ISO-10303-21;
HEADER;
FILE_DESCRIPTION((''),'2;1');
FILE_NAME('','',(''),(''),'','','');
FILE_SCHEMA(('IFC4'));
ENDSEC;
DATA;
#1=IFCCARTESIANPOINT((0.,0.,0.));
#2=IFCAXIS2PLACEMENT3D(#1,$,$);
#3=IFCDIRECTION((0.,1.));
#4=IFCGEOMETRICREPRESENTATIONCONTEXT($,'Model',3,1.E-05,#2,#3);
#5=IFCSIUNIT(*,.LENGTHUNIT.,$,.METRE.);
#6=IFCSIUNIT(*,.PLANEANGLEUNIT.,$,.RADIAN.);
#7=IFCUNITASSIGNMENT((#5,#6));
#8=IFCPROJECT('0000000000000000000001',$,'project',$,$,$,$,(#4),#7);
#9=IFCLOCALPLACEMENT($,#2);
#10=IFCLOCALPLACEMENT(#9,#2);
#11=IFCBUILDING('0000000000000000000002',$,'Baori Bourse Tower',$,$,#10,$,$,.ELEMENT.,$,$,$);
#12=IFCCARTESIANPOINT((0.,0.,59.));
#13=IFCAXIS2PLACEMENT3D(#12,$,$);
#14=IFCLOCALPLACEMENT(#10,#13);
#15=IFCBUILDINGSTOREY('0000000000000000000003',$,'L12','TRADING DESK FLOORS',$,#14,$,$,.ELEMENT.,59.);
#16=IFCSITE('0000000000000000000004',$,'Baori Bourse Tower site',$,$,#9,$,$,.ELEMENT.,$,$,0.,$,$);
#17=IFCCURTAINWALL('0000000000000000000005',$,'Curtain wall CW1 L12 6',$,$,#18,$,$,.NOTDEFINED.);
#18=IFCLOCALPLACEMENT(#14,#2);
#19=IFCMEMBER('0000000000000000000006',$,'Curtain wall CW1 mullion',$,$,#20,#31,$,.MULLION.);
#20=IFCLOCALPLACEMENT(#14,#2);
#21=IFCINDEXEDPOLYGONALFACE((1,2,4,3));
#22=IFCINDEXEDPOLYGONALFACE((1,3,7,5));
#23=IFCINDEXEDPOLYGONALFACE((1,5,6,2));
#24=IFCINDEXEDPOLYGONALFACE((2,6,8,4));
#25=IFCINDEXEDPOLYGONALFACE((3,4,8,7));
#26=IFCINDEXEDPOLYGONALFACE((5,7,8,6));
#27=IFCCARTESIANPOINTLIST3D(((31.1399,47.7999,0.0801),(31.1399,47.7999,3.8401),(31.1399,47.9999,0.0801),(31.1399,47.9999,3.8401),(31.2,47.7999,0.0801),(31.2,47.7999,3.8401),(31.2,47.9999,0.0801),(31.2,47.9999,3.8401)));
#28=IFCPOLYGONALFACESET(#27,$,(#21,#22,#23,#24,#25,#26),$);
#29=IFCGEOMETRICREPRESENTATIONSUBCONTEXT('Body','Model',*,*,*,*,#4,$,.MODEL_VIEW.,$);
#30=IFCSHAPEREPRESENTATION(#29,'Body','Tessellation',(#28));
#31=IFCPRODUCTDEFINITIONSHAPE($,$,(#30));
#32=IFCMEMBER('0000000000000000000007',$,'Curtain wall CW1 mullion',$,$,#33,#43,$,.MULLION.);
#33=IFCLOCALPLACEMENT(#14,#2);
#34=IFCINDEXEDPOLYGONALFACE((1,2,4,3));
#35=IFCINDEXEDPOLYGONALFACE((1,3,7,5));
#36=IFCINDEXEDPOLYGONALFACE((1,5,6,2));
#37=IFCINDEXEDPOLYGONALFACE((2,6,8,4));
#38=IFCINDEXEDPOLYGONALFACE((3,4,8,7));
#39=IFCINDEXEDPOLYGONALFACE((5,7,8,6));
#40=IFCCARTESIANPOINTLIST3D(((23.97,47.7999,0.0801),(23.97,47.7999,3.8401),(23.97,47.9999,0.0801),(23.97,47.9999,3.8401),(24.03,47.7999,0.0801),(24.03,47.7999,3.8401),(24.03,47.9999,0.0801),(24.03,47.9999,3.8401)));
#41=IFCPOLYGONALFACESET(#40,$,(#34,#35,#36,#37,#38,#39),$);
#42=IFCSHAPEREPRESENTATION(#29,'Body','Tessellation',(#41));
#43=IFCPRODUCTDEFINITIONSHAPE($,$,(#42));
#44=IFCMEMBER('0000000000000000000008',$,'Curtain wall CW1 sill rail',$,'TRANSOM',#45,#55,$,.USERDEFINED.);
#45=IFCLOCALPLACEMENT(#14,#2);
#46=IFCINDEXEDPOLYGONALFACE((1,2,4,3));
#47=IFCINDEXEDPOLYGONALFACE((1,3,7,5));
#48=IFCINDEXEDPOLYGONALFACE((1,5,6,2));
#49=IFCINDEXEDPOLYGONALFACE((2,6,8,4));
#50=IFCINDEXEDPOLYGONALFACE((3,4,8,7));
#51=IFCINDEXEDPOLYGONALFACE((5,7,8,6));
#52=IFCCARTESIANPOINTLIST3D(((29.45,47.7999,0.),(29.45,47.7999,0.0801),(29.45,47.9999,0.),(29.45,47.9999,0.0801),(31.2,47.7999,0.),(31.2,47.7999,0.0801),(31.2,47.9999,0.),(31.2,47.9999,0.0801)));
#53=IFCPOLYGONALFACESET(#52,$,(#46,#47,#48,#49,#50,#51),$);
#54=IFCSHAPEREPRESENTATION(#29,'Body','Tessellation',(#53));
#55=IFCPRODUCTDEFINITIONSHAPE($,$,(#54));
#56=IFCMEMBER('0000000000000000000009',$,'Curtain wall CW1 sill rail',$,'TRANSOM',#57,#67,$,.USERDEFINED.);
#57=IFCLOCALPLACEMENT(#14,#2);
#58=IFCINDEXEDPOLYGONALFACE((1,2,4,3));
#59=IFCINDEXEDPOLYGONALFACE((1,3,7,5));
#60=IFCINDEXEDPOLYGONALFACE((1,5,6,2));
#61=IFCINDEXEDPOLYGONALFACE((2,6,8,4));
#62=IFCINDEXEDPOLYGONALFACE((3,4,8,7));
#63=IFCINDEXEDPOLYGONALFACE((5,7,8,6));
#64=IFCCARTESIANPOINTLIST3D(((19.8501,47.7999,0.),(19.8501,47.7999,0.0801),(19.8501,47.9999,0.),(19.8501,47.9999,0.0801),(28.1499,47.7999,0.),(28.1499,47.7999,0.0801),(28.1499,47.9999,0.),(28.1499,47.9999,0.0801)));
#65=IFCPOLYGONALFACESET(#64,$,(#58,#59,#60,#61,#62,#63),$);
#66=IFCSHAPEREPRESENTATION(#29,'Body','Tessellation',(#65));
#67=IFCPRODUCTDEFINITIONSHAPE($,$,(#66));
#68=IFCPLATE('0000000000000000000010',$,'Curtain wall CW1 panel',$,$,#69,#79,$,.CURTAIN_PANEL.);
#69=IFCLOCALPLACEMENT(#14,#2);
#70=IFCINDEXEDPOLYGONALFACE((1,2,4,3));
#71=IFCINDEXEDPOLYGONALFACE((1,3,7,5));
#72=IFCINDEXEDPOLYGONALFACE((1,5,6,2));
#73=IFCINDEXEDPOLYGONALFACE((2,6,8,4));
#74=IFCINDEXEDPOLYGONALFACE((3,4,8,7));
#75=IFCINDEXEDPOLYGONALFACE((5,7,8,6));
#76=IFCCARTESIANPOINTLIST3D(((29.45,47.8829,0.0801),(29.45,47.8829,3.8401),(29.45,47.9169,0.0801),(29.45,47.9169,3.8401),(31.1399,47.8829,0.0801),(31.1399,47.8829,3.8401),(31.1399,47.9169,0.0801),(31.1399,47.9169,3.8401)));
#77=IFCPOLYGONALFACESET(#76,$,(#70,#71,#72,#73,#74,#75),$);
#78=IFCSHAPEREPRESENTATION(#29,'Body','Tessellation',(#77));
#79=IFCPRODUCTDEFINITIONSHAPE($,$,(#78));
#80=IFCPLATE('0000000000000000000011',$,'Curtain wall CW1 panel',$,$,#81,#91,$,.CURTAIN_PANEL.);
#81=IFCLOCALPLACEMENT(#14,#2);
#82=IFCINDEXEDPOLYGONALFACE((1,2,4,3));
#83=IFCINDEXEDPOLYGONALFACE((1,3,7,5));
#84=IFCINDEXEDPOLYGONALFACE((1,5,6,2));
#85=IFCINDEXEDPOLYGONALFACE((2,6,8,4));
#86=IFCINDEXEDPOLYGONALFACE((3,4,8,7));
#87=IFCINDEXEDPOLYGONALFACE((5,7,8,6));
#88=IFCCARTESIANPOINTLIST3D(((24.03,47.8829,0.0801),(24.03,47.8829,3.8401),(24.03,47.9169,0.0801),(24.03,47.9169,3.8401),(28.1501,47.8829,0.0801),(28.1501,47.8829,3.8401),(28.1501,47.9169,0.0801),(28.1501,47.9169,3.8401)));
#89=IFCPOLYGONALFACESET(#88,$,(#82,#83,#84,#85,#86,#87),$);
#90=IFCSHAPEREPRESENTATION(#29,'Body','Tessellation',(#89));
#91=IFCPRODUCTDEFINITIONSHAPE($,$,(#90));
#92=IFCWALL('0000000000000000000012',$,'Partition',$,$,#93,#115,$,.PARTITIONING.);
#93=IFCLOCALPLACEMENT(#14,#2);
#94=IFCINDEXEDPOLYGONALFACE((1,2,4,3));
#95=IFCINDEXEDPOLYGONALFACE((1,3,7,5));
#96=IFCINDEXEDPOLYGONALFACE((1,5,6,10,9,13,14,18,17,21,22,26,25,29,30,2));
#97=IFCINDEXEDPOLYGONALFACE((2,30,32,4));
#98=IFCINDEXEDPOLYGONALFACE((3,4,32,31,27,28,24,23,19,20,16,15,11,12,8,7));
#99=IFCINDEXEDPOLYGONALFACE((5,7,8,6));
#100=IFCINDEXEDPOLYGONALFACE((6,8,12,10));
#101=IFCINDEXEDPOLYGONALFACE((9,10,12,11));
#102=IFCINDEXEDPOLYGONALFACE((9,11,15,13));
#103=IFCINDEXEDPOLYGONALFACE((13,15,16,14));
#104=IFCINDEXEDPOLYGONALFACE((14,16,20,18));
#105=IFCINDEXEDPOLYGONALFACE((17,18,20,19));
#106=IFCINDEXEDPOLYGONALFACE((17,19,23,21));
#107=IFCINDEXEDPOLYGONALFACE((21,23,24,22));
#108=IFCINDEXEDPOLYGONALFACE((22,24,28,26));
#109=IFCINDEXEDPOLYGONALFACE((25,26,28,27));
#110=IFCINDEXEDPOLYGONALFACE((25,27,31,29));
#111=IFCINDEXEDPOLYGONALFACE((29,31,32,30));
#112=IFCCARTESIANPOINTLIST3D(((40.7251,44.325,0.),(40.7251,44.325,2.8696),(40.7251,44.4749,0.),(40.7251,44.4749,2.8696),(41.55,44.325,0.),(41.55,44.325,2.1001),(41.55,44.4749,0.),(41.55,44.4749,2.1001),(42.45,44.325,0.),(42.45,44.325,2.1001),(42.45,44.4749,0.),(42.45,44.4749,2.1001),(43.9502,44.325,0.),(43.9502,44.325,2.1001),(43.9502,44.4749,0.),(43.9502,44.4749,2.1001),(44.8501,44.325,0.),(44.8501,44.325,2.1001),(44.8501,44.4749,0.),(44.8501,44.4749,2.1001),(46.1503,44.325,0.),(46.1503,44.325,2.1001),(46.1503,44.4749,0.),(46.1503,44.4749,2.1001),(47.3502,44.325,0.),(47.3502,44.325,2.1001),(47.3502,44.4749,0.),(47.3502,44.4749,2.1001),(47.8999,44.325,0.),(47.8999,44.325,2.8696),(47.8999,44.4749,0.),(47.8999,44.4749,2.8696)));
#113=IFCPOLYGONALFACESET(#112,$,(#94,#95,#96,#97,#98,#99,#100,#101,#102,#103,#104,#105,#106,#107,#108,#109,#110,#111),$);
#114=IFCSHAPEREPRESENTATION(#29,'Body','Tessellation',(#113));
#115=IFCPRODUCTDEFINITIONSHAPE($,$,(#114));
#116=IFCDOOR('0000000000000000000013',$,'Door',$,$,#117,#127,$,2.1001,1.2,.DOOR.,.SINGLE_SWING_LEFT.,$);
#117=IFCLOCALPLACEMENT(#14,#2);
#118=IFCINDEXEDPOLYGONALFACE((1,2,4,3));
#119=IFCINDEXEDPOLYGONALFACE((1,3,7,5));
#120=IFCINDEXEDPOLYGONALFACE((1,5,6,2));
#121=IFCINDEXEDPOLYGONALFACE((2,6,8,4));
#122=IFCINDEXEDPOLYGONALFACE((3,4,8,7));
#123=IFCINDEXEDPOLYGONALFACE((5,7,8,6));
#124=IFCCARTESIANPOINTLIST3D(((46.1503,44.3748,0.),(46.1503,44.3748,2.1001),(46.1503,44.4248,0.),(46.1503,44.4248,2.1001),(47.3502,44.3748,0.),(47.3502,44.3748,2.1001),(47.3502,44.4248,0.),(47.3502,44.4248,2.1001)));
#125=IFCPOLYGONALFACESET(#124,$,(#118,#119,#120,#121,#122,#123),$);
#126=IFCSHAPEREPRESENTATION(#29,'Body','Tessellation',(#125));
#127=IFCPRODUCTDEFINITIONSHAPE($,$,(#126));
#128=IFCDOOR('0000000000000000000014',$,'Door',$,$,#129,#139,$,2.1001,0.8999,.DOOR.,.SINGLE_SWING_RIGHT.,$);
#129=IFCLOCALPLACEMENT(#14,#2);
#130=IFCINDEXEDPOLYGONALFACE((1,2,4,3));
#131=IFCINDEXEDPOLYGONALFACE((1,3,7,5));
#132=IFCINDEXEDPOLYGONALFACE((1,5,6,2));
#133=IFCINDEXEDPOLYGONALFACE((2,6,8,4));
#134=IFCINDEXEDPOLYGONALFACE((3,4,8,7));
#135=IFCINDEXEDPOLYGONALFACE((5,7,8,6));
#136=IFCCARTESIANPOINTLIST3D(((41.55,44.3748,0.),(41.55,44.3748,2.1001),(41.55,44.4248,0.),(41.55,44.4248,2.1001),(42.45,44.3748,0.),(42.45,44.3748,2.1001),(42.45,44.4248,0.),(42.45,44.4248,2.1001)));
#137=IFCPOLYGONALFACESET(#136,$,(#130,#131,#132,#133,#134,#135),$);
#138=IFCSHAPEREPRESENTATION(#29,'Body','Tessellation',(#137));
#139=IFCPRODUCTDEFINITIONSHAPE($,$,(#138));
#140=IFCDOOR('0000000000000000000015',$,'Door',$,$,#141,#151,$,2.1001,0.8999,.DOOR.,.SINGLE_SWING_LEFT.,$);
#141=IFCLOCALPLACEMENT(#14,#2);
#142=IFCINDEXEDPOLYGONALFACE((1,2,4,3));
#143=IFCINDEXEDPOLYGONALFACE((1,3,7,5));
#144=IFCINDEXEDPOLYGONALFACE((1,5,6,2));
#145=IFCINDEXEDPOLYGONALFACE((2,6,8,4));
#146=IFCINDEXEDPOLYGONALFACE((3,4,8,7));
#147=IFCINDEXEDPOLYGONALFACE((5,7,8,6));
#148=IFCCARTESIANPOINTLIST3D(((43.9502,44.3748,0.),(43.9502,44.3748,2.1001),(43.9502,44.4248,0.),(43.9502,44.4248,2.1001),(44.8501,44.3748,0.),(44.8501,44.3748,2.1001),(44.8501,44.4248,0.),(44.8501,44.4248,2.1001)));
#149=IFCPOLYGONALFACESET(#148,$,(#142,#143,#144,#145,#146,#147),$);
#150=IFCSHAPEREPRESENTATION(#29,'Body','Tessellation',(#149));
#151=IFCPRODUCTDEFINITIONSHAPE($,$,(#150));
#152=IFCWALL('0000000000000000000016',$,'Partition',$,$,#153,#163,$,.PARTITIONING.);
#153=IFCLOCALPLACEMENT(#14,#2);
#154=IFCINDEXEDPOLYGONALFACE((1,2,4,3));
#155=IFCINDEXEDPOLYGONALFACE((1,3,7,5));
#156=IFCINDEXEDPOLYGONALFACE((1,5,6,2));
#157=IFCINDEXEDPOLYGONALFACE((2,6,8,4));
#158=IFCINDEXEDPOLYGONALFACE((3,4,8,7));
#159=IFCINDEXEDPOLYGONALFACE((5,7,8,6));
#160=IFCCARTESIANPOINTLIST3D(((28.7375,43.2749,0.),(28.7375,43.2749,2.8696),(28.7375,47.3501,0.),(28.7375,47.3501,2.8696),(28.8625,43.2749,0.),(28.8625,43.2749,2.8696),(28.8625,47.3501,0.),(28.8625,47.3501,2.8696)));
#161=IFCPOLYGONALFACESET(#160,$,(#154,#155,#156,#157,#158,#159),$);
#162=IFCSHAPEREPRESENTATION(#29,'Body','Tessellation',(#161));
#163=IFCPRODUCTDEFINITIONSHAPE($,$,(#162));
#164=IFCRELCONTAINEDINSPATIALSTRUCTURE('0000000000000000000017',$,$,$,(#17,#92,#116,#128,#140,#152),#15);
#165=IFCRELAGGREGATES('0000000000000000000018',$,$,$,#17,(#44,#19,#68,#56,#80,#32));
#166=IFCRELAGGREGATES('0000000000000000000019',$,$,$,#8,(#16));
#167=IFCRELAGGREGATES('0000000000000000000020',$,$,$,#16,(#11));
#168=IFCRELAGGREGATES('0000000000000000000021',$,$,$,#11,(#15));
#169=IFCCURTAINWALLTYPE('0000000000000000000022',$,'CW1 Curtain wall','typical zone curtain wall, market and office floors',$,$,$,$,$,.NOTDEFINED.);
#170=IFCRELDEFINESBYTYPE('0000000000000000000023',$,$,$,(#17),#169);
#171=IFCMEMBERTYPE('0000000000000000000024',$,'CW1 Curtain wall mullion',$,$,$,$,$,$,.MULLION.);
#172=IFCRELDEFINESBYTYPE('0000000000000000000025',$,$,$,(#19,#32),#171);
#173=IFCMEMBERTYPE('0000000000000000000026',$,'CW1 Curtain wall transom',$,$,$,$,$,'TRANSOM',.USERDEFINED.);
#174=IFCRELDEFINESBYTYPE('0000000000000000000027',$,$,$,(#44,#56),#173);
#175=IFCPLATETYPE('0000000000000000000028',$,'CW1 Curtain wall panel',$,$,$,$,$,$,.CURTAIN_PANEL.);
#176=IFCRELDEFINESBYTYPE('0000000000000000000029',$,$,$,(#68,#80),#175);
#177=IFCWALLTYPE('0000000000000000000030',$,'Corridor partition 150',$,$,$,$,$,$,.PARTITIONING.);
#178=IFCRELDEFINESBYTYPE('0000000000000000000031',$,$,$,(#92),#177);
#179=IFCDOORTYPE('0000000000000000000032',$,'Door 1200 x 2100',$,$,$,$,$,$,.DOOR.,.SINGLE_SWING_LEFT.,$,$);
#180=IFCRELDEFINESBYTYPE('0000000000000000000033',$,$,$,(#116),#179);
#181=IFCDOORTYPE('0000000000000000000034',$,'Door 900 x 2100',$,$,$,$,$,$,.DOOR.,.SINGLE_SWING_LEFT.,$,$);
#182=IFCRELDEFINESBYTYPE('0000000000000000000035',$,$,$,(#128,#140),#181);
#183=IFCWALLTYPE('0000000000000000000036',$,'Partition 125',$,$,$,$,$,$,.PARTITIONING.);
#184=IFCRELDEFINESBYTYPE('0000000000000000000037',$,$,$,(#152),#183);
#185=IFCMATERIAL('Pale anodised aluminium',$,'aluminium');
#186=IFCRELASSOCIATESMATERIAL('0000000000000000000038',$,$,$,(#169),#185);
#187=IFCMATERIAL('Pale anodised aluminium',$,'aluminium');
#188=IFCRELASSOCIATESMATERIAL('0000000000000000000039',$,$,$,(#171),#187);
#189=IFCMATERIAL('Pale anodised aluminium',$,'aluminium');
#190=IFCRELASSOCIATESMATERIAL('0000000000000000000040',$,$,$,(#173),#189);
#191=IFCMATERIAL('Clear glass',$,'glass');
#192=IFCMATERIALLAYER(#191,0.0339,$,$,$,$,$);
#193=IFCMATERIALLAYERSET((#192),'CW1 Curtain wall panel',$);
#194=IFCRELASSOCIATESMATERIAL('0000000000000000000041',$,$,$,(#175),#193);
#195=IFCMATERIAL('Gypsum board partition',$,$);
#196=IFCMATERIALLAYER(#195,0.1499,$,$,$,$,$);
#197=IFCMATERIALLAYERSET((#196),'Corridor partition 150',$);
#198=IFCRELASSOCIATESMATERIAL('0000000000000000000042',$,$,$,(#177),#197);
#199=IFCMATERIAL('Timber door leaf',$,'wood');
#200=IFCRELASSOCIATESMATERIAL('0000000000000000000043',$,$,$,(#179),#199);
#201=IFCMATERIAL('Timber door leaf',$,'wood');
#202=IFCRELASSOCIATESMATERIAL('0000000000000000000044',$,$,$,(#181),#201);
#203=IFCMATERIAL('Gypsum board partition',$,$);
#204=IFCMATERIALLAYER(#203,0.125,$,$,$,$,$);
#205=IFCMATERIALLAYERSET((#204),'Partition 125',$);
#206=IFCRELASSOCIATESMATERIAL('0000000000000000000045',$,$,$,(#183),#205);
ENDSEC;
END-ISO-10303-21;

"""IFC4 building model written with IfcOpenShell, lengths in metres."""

from ifc_helpers import new_model, si_unit, direction, frame, frame_2d, origin, origin_2d, place, context, subcontext, project, spatial, rectangle, extrude, material, layer, layer_set, material_profile, profile_set, type_object, element, fill, aggregate, save


model = new_model("IFC4")

# Units and contexts
model_context = context("Model", 3, precision=1e-05, world=origin(), true_north=direction((0.0, 1.0)))
body_context = subcontext(model_context, "Body", "Model", "MODEL_VIEW")
ifc_project = project(units=[si_unit("LENGTHUNIT", "METRE"), si_unit("PLANEANGLEUNIT", "RADIAN")], contexts=[model_context])

# Site, building, storey
site_placement = place(None, origin())
site = spatial("IfcSite", under=ifc_project, at=site_placement, Name="Baori Bourse Tower site", CompositionType="ELEMENT", RefElevation=0.0)
building_placement = place(site_placement, origin())
building = spatial("IfcBuilding", under=site, at=building_placement, Name="Baori Bourse Tower", CompositionType="ELEMENT")
storey_placement = place(building_placement, frame((0.0, 0.0, 59.0)))
storey = spatial("IfcBuildingStorey", under=building, at=storey_placement, Name="L12", Description="TRADING DESK FLOORS", CompositionType="ELEMENT", Elevation=59.0)

# Curtain wall, members, plates
ifc_material_1 = material(Name="Pale anodised aluminium", Category="aluminium")
curtain_wall_type = type_object("IfcCurtainWallType", Name="CW1 Curtain wall", Description="typical zone curtain wall, market and office floors", PredefinedType="NOTDEFINED", material=ifc_material_1)
curtain_wall_placement = place(storey_placement, origin())
curtain_wall = element("IfcCurtainWall", 1, at=curtain_wall_placement, inside=storey, type_object=curtain_wall_type, Name="Curtain wall CW1 L12 6", PredefinedType="NOTDEFINED")
ifc_material_2 = material(Name="Pale anodised aluminium", Category="aluminium")
ifc_material_profile_1 = material_profile(ifc_material_2, rectangle(XDim=0.2, YDim=0.0601, at=origin_2d()), Name="Mullion 60x200")
ifc_profile_set_1 = profile_set([ifc_material_profile_1], Name="Pale anodised aluminium")
member_type_1 = type_object("IfcMemberType", Name="CW1 Curtain wall mullion", PredefinedType="MULLION", material=ifc_profile_set_1)
member_1_placement = place(storey_placement, frame((31.1699, 47.8999, 0.0801), z_axis=(0.0, 0.0, 1.0), x_axis=(0.0, -1.0, 0.0)))
member_1 = element("IfcMember", 2, at=member_1_placement, type_object=member_type_1, Name="Curtain wall CW1 mullion", PredefinedType="MULLION", context=body_context, shape_type="SweptSolid", body=[
    extrude(rectangle(XDim=0.2, YDim=0.0601, at=origin_2d()), origin(), (0.0, 0.0, 1.0), 3.76),
])
member_2_placement = place(storey_placement, frame((24.0, 47.8999, 0.0801), z_axis=(0.0, 0.0, 1.0), x_axis=(0.0, -1.0, 0.0)))
member_2 = element("IfcMember", 3, at=member_2_placement, type_object=member_type_1, Name="Curtain wall CW1 mullion", PredefinedType="MULLION", context=body_context, shape_type="SweptSolid", body=[
    extrude(rectangle(XDim=0.2, YDim=0.0601, at=origin_2d()), origin(), (0.0, 0.0, 1.0), 3.76),
])
ifc_material_3 = material(Name="Pale anodised aluminium", Category="aluminium")
ifc_material_profile_2 = material_profile(ifc_material_3, rectangle(XDim=0.2, YDim=0.0801, at=origin_2d()), Name="Transom 80x200")
ifc_profile_set_2 = profile_set([ifc_material_profile_2], Name="Pale anodised aluminium")
member_type_2 = type_object("IfcMemberType", Name="CW1 Curtain wall transom", ElementType="TRANSOM", PredefinedType="USERDEFINED", material=ifc_profile_set_2)
member_3_placement = place(storey_placement, frame((31.2, 47.8999, 0.04), z_axis=(-1.0, 0.0, 0.0), x_axis=(0.0, -1.0, 0.0)))
member_3 = element("IfcMember", 4, at=member_3_placement, type_object=member_type_2, Name="Curtain wall CW1 sill rail", ObjectType="TRANSOM", PredefinedType="USERDEFINED", context=body_context, shape_type="SweptSolid", body=[
    extrude(rectangle(XDim=0.2, YDim=0.0801, at=origin_2d()), origin(), (0.0, 0.0, 1.0), 1.75),
])
member_4_placement = place(storey_placement, frame((28.1499, 47.8999, 0.04), z_axis=(-1.0, 0.0, 0.0), x_axis=(0.0, -1.0, 0.0)))
member_4 = element("IfcMember", 5, at=member_4_placement, type_object=member_type_2, Name="Curtain wall CW1 sill rail", ObjectType="TRANSOM", PredefinedType="USERDEFINED", context=body_context, shape_type="SweptSolid", body=[
    extrude(rectangle(XDim=0.2, YDim=0.0801, at=origin_2d()), origin(), (0.0, 0.0, 1.0), 8.2998),
])
ifc_material_4 = material(Name="Clear glass", Category="glass")
ifc_layer_1 = layer(ifc_material_4, 0.0339)
ifc_layer_set_1 = layer_set([ifc_layer_1], Name="CW1 Curtain wall panel")
plate_type = type_object("IfcPlateType", Name="CW1 Curtain wall panel", PredefinedType="CURTAIN_PANEL", material=ifc_layer_set_1)
plate_1_placement = place(storey_placement, frame((30.2949, 47.8999, 0.0801), z_axis=(0.0, 0.0, 1.0), x_axis=(-1.0, 0.0, 0.0)))
plate_1 = element("IfcPlate", 6, at=plate_1_placement, type_object=plate_type, Name="Curtain wall CW1 panel", PredefinedType="CURTAIN_PANEL", context=body_context, shape_type="SweptSolid", body=[
    extrude(rectangle(XDim=1.6899, YDim=0.0339, at=origin_2d()), origin(), (0.0, 0.0, 1.0), 3.76),
])
plate_2_placement = place(storey_placement, frame((26.0901, 47.8999, 0.0801), z_axis=(0.0, 0.0, 1.0), x_axis=(-1.0, 0.0, 0.0)))
plate_2 = element("IfcPlate", 7, at=plate_2_placement, type_object=plate_type, Name="Curtain wall CW1 panel", PredefinedType="CURTAIN_PANEL", context=body_context, shape_type="SweptSolid", body=[
    extrude(rectangle(XDim=4.1201, YDim=0.0339, at=origin_2d()), origin(), (0.0, 0.0, 1.0), 3.76),
])
aggregate(curtain_wall, [member_3, member_1, plate_1, member_4, plate_2, member_2])

# Wall, openings, doors
ifc_material_5 = material(Name="Gypsum board partition")
ifc_layer_2 = layer(ifc_material_5, 0.1499)
ifc_layer_set_2 = layer_set([ifc_layer_2], Name="Corridor partition 150")
wall_type_1 = type_object("IfcWallType", Name="Corridor partition 150", PredefinedType="PARTITIONING", material=ifc_layer_set_2)
wall_1_placement = place(storey_placement, frame((40.7251, 44.3999, 0.0), z_axis=(0.0, 0.0, 1.0), x_axis=(1.0, 0.0, 0.0)))
wall_1 = element("IfcWall", 8, at=wall_1_placement, inside=storey, type_object=wall_type_1, Name="Partition", PredefinedType="PARTITIONING", context=body_context, shape_type="SweptSolid", body=[
    extrude(rectangle(XDim=7.1748, YDim=0.1499, at=frame_2d((3.5874, 0.0))), origin(), (0.0, 0.0, 1.0), 2.8696),
])
opening_1_placement = place(wall_1_placement, frame((0.825, 0.0, 0.0)))
opening_1 = element("IfcOpeningElement", 9, at=opening_1_placement, cuts=wall_1, PredefinedType="OPENING", context=body_context, shape_type="SweptSolid", body=[
    extrude(rectangle(XDim=0.8999, YDim=2.1001, at=frame_2d((0.45, 1.05))), frame((0.0, 0.085, 0.0), z_axis=(0.0, -1.0, 0.0), x_axis=(1.0, 0.0, 0.0)), (0.0, 0.0, 1.0), 0.1699),
])
opening_2_placement = place(wall_1_placement, frame((3.2251, 0.0, 0.0)))
opening_2 = element("IfcOpeningElement", 10, at=opening_2_placement, cuts=wall_1, PredefinedType="OPENING", context=body_context, shape_type="SweptSolid", body=[
    extrude(rectangle(XDim=0.8999, YDim=2.1001, at=frame_2d((0.45, 1.05))), frame((0.0, 0.085, 0.0), z_axis=(0.0, -1.0, 0.0), x_axis=(1.0, 0.0, 0.0)), (0.0, 0.0, 1.0), 0.1699),
])
opening_3_placement = place(wall_1_placement, frame((5.425, 0.0, 0.0)))
opening_3 = element("IfcOpeningElement", 11, at=opening_3_placement, cuts=wall_1, PredefinedType="OPENING", context=body_context, shape_type="SweptSolid", body=[
    extrude(rectangle(XDim=1.2, YDim=2.1001, at=frame_2d((0.6001, 1.05))), frame((0.0, 0.085, 0.0), z_axis=(0.0, -1.0, 0.0), x_axis=(1.0, 0.0, 0.0)), (0.0, 0.0, 1.0), 0.1699),
])
ifc_material_6 = material(Name="Timber door leaf", Category="wood")
door_type_1 = type_object("IfcDoorType", Name="Door 1200 x 2100", OperationType="SINGLE_SWING_LEFT", PredefinedType="DOOR", material=ifc_material_6)
door_1_placement = place(opening_3_placement, origin())
door_1 = element("IfcDoor", 12, at=door_1_placement, inside=storey, type_object=door_type_1, Name="Door", OperationType="SINGLE_SWING_LEFT", OverallHeight=2.1001, OverallWidth=1.2, PredefinedType="DOOR", context=body_context, shape_type="SweptSolid", body=[
    extrude(rectangle(XDim=1.2, YDim=2.1001, at=frame_2d((0.6001, 1.05))), frame((0.0, 0.0249, 0.0), z_axis=(0.0, -1.0, 0.0), x_axis=(1.0, 0.0, 0.0)), (0.0, 0.0, 1.0), 0.05),
])
fill(opening_3, door_1)
ifc_material_7 = material(Name="Timber door leaf", Category="wood")
door_type_2 = type_object("IfcDoorType", Name="Door 900 x 2100", OperationType="SINGLE_SWING_LEFT", PredefinedType="DOOR", material=ifc_material_7)
door_2_placement = place(opening_1_placement, origin())
door_2 = element("IfcDoor", 13, at=door_2_placement, inside=storey, type_object=door_type_2, Name="Door", OperationType="SINGLE_SWING_RIGHT", OverallHeight=2.1001, OverallWidth=0.8999, PredefinedType="DOOR", context=body_context, shape_type="SweptSolid", body=[
    extrude(rectangle(XDim=0.8999, YDim=2.1001, at=frame_2d((0.45, 1.05))), frame((0.0, 0.0249, 0.0), z_axis=(0.0, -1.0, 0.0), x_axis=(1.0, 0.0, 0.0)), (0.0, 0.0, 1.0), 0.05),
])
fill(opening_1, door_2)
door_3_placement = place(opening_2_placement, origin())
door_3 = element("IfcDoor", 14, at=door_3_placement, inside=storey, type_object=door_type_2, Name="Door", OperationType="SINGLE_SWING_LEFT", OverallHeight=2.1001, OverallWidth=0.8999, PredefinedType="DOOR", context=body_context, shape_type="SweptSolid", body=[
    extrude(rectangle(XDim=0.8999, YDim=2.1001, at=frame_2d((0.45, 1.05))), frame((0.0, 0.0249, 0.0), z_axis=(0.0, -1.0, 0.0), x_axis=(1.0, 0.0, 0.0)), (0.0, 0.0, 1.0), 0.05),
])
fill(opening_2, door_3)

# Wall
ifc_material_8 = material(Name="Gypsum board partition")
ifc_layer_3 = layer(ifc_material_8, 0.125)
ifc_layer_set_3 = layer_set([ifc_layer_3], Name="Partition 125")
wall_type_2 = type_object("IfcWallType", Name="Partition 125", PredefinedType="PARTITIONING", material=ifc_layer_set_3)
wall_2_placement = place(storey_placement, frame((28.8, 43.2749, 0.0), z_axis=(0.0, 0.0, 1.0), x_axis=(0.0, 1.0, 0.0)))
element("IfcWall", 15, at=wall_2_placement, inside=storey, type_object=wall_type_2, Name="Partition", PredefinedType="PARTITIONING", context=body_context, shape_type="SweptSolid", body=[
    extrude(rectangle(XDim=4.0752, YDim=0.125, at=frame_2d((2.0376, 0.0))), origin(), (0.0, 0.0, 1.0), 2.8696),
])

save(model, "model.ifc")
